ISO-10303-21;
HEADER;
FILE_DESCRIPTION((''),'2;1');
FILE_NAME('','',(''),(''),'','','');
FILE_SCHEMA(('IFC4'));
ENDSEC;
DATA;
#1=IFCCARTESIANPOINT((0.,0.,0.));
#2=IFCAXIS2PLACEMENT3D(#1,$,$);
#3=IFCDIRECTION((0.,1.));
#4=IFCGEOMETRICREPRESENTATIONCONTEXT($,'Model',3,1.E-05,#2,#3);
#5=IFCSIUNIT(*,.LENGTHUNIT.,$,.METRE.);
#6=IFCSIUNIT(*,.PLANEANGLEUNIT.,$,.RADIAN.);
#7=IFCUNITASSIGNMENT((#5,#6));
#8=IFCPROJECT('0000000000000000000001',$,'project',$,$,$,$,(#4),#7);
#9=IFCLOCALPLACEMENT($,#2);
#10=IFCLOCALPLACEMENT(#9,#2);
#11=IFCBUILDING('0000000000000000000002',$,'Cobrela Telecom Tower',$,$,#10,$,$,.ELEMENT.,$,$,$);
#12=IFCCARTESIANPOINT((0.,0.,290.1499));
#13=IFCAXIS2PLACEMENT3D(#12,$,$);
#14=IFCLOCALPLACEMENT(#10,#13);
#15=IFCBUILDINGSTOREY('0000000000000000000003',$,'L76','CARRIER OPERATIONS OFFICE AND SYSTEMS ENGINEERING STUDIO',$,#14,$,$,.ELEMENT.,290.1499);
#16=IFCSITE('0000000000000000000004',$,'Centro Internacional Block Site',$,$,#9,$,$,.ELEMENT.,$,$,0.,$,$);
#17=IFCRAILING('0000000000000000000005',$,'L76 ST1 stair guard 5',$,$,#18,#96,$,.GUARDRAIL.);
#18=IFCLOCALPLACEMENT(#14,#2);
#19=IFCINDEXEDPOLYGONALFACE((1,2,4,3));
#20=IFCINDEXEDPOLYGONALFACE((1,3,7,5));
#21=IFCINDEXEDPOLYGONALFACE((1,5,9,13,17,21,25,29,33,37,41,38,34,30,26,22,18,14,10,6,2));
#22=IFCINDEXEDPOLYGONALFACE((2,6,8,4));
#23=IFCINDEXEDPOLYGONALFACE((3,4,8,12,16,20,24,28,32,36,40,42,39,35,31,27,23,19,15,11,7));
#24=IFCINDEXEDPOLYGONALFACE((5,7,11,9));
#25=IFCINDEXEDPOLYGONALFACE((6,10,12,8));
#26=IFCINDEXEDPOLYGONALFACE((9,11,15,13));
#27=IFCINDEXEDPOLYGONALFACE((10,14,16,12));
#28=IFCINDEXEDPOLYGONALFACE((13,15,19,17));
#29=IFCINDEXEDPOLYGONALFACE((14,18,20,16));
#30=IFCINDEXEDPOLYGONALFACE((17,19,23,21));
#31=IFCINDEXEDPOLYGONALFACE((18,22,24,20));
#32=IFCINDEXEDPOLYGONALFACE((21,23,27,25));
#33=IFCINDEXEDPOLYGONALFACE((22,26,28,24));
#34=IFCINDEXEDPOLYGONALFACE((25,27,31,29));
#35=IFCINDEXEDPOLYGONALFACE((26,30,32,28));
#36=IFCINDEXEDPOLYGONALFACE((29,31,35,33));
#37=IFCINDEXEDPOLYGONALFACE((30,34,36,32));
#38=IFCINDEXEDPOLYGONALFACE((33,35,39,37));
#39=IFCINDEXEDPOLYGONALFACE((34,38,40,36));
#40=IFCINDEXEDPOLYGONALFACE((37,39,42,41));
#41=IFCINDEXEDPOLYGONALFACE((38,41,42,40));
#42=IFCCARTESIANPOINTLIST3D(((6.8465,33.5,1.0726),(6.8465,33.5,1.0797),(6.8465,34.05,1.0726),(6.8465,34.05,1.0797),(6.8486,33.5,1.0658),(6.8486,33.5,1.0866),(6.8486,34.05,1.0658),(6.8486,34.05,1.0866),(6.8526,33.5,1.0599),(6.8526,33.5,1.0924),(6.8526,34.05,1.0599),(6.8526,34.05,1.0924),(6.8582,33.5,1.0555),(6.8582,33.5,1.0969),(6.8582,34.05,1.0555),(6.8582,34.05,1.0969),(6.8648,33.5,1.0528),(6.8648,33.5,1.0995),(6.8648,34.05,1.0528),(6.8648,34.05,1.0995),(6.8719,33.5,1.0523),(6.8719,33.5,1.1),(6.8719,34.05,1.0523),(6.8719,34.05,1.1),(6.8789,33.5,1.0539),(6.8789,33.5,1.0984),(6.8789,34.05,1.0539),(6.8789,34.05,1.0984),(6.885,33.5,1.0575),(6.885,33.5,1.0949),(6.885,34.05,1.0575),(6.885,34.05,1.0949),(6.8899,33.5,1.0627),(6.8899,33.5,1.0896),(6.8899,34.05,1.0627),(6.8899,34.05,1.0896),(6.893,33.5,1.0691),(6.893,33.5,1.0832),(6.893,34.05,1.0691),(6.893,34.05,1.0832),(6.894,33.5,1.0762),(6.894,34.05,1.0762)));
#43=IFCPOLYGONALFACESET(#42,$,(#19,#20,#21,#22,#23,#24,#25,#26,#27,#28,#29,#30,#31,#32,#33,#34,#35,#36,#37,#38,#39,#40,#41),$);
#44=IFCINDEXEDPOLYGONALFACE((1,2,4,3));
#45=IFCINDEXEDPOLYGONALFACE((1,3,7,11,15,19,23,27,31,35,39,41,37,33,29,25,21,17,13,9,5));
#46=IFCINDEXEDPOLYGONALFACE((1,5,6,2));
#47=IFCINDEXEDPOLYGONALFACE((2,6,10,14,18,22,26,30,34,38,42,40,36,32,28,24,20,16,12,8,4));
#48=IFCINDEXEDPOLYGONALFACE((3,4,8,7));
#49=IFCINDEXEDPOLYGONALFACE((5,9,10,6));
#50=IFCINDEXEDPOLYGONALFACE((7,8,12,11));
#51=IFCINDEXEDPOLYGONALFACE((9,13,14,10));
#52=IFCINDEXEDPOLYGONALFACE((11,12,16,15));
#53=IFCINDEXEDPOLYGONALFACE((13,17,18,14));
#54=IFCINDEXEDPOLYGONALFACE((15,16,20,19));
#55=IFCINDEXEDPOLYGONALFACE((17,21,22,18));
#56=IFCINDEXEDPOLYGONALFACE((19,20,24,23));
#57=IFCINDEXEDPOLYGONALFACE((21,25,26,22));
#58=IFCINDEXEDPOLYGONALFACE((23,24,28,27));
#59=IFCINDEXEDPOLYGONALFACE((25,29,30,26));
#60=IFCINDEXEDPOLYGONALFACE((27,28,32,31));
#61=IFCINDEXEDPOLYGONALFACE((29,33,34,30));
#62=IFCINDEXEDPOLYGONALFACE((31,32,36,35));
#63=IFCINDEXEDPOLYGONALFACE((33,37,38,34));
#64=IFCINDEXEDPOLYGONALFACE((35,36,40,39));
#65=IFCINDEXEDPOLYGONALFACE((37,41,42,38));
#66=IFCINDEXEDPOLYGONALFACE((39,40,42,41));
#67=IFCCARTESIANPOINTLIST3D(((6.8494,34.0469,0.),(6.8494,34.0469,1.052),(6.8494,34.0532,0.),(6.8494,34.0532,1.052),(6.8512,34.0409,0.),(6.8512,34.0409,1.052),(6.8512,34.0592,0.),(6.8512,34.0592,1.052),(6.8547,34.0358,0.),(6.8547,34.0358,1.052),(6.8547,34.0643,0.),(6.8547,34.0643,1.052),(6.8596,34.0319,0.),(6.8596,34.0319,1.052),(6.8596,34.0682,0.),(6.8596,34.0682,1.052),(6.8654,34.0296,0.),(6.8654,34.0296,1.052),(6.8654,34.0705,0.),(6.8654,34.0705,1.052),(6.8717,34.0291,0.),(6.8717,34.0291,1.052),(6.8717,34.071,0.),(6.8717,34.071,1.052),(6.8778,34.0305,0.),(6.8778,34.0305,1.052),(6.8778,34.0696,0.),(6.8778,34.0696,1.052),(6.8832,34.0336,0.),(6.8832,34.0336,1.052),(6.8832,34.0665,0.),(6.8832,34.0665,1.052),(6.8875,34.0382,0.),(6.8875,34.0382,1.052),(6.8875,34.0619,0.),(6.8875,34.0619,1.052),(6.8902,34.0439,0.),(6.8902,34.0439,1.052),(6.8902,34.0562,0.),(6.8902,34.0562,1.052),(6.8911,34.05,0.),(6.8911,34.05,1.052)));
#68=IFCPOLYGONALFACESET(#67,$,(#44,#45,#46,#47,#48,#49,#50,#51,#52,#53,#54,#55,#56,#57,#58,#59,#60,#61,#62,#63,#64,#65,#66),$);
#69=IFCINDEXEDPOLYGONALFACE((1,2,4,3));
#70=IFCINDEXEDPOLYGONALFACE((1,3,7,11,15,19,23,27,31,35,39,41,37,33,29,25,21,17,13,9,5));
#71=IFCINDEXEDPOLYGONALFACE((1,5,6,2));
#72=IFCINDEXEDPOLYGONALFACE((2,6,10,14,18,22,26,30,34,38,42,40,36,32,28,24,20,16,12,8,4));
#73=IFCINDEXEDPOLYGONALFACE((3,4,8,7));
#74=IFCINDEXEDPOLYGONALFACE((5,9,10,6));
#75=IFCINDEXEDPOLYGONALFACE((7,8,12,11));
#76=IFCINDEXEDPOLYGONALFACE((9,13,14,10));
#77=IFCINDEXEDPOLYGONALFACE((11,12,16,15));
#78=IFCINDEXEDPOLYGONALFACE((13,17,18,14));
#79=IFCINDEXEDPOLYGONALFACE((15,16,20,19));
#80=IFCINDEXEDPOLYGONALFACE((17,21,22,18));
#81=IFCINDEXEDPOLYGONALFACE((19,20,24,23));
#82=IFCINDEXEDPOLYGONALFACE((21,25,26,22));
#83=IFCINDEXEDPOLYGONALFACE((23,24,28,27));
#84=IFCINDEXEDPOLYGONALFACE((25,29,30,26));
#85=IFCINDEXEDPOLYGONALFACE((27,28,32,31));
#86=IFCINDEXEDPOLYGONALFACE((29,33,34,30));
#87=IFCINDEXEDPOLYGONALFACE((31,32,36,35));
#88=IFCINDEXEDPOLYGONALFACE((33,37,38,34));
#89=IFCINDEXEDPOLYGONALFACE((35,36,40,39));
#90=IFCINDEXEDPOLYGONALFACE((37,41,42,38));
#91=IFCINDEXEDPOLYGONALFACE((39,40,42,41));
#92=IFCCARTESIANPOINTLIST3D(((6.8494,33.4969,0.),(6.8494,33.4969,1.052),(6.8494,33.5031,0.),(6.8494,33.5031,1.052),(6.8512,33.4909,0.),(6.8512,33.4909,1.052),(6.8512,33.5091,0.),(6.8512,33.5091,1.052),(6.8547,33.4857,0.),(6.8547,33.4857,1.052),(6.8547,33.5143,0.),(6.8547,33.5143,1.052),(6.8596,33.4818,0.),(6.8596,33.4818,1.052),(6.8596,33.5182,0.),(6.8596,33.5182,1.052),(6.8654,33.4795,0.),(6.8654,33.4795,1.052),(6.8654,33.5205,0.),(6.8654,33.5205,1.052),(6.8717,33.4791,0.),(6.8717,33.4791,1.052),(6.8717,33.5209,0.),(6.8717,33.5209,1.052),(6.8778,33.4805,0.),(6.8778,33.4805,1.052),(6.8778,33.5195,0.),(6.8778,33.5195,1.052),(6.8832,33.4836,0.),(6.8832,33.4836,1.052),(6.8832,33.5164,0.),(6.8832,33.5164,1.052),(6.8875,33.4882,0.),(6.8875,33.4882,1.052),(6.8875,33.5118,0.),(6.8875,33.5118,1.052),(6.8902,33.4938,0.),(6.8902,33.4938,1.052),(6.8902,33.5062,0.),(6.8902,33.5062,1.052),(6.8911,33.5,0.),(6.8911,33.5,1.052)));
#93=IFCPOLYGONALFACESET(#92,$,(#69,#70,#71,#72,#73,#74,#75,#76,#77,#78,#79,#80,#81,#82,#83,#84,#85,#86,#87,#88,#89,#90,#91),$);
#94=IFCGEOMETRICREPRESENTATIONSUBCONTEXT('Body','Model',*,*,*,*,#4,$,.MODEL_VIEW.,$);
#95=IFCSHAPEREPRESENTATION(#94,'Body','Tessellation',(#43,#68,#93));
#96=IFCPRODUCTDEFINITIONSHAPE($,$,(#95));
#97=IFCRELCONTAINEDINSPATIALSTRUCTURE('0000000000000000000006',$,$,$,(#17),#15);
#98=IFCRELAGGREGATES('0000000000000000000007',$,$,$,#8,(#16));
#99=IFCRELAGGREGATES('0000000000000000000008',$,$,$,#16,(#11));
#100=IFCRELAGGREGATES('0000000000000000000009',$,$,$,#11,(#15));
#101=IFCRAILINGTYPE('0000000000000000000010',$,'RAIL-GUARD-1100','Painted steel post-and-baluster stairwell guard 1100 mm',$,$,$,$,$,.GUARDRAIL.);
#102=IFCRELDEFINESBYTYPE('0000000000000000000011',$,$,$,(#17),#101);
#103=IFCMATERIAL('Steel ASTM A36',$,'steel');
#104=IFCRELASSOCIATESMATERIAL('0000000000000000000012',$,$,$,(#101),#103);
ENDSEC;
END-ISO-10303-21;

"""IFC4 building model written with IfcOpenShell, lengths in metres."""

from ifc_helpers import new_model, si_unit, direction, frame, origin, origin_2d, place, context, subcontext, project, spatial, circle, extrude, material, type_object, element, save


model = new_model("IFC4")

# Units and contexts
model_context = context("Model", 3, precision=1e-05, world=origin(), true_north=direction((0.0, 1.0)))
body_context = subcontext(model_context, "Body", "Model", "MODEL_VIEW")
ifc_project = project(units=[si_unit("LENGTHUNIT", "METRE"), si_unit("PLANEANGLEUNIT", "RADIAN")], contexts=[model_context])

# Site, building, storey
site_placement = place(None, origin())
site = spatial("IfcSite", under=ifc_project, at=site_placement, Name="Centro Internacional Block Site", CompositionType="ELEMENT", RefElevation=0.0)
building_placement = place(site_placement, origin())
building = spatial("IfcBuilding", under=site, at=building_placement, Name="Cobrela Telecom Tower", CompositionType="ELEMENT")
storey_placement = place(building_placement, frame((0.0, 0.0, 290.1499)))
storey = spatial("IfcBuildingStorey", under=building, at=storey_placement, Name="L76", Description="CARRIER OPERATIONS OFFICE AND SYSTEMS ENGINEERING STUDIO", CompositionType="ELEMENT", Elevation=290.1499)

# Shared definitions
ifc_material_1 = material(Name="Steel ASTM A36", Category="steel")

# Railing
railing_type_1 = type_object("IfcRailingType", Name="RAIL-GUARD-1100", Description="Painted steel post-and-baluster stairwell guard 1100 mm", PredefinedType="GUARDRAIL", material=ifc_material_1)
railing_1_placement = place(storey_placement, frame((6.8701, 34.05, 0.0)))
element("IfcRailing", 1, at=railing_1_placement, inside=storey, type_object=railing_type_1, Name="L76 ST1 stair guard 5", PredefinedType="GUARDRAIL", context=body_context, shape_type="SweptSolid", body=[
    extrude(circle(Radius=0.0239, at=origin_2d()), frame((0.0, 0.0, 1.0762), z_axis=(0.0, -1.0, 0.0), x_axis=(1.0, 0.0, 0.0)), (0.0, 0.0, 1.0), 0.55),
    extrude(circle(Radius=0.021, at=origin_2d()), origin(), (0.0, 0.0, 1.0), 1.052),
    extrude(circle(Radius=0.021, at=origin_2d()), frame((0.0, -0.55, 0.0)), (0.0, 0.0, 1.0), 1.052),
])

save(model, "model.ifc")
